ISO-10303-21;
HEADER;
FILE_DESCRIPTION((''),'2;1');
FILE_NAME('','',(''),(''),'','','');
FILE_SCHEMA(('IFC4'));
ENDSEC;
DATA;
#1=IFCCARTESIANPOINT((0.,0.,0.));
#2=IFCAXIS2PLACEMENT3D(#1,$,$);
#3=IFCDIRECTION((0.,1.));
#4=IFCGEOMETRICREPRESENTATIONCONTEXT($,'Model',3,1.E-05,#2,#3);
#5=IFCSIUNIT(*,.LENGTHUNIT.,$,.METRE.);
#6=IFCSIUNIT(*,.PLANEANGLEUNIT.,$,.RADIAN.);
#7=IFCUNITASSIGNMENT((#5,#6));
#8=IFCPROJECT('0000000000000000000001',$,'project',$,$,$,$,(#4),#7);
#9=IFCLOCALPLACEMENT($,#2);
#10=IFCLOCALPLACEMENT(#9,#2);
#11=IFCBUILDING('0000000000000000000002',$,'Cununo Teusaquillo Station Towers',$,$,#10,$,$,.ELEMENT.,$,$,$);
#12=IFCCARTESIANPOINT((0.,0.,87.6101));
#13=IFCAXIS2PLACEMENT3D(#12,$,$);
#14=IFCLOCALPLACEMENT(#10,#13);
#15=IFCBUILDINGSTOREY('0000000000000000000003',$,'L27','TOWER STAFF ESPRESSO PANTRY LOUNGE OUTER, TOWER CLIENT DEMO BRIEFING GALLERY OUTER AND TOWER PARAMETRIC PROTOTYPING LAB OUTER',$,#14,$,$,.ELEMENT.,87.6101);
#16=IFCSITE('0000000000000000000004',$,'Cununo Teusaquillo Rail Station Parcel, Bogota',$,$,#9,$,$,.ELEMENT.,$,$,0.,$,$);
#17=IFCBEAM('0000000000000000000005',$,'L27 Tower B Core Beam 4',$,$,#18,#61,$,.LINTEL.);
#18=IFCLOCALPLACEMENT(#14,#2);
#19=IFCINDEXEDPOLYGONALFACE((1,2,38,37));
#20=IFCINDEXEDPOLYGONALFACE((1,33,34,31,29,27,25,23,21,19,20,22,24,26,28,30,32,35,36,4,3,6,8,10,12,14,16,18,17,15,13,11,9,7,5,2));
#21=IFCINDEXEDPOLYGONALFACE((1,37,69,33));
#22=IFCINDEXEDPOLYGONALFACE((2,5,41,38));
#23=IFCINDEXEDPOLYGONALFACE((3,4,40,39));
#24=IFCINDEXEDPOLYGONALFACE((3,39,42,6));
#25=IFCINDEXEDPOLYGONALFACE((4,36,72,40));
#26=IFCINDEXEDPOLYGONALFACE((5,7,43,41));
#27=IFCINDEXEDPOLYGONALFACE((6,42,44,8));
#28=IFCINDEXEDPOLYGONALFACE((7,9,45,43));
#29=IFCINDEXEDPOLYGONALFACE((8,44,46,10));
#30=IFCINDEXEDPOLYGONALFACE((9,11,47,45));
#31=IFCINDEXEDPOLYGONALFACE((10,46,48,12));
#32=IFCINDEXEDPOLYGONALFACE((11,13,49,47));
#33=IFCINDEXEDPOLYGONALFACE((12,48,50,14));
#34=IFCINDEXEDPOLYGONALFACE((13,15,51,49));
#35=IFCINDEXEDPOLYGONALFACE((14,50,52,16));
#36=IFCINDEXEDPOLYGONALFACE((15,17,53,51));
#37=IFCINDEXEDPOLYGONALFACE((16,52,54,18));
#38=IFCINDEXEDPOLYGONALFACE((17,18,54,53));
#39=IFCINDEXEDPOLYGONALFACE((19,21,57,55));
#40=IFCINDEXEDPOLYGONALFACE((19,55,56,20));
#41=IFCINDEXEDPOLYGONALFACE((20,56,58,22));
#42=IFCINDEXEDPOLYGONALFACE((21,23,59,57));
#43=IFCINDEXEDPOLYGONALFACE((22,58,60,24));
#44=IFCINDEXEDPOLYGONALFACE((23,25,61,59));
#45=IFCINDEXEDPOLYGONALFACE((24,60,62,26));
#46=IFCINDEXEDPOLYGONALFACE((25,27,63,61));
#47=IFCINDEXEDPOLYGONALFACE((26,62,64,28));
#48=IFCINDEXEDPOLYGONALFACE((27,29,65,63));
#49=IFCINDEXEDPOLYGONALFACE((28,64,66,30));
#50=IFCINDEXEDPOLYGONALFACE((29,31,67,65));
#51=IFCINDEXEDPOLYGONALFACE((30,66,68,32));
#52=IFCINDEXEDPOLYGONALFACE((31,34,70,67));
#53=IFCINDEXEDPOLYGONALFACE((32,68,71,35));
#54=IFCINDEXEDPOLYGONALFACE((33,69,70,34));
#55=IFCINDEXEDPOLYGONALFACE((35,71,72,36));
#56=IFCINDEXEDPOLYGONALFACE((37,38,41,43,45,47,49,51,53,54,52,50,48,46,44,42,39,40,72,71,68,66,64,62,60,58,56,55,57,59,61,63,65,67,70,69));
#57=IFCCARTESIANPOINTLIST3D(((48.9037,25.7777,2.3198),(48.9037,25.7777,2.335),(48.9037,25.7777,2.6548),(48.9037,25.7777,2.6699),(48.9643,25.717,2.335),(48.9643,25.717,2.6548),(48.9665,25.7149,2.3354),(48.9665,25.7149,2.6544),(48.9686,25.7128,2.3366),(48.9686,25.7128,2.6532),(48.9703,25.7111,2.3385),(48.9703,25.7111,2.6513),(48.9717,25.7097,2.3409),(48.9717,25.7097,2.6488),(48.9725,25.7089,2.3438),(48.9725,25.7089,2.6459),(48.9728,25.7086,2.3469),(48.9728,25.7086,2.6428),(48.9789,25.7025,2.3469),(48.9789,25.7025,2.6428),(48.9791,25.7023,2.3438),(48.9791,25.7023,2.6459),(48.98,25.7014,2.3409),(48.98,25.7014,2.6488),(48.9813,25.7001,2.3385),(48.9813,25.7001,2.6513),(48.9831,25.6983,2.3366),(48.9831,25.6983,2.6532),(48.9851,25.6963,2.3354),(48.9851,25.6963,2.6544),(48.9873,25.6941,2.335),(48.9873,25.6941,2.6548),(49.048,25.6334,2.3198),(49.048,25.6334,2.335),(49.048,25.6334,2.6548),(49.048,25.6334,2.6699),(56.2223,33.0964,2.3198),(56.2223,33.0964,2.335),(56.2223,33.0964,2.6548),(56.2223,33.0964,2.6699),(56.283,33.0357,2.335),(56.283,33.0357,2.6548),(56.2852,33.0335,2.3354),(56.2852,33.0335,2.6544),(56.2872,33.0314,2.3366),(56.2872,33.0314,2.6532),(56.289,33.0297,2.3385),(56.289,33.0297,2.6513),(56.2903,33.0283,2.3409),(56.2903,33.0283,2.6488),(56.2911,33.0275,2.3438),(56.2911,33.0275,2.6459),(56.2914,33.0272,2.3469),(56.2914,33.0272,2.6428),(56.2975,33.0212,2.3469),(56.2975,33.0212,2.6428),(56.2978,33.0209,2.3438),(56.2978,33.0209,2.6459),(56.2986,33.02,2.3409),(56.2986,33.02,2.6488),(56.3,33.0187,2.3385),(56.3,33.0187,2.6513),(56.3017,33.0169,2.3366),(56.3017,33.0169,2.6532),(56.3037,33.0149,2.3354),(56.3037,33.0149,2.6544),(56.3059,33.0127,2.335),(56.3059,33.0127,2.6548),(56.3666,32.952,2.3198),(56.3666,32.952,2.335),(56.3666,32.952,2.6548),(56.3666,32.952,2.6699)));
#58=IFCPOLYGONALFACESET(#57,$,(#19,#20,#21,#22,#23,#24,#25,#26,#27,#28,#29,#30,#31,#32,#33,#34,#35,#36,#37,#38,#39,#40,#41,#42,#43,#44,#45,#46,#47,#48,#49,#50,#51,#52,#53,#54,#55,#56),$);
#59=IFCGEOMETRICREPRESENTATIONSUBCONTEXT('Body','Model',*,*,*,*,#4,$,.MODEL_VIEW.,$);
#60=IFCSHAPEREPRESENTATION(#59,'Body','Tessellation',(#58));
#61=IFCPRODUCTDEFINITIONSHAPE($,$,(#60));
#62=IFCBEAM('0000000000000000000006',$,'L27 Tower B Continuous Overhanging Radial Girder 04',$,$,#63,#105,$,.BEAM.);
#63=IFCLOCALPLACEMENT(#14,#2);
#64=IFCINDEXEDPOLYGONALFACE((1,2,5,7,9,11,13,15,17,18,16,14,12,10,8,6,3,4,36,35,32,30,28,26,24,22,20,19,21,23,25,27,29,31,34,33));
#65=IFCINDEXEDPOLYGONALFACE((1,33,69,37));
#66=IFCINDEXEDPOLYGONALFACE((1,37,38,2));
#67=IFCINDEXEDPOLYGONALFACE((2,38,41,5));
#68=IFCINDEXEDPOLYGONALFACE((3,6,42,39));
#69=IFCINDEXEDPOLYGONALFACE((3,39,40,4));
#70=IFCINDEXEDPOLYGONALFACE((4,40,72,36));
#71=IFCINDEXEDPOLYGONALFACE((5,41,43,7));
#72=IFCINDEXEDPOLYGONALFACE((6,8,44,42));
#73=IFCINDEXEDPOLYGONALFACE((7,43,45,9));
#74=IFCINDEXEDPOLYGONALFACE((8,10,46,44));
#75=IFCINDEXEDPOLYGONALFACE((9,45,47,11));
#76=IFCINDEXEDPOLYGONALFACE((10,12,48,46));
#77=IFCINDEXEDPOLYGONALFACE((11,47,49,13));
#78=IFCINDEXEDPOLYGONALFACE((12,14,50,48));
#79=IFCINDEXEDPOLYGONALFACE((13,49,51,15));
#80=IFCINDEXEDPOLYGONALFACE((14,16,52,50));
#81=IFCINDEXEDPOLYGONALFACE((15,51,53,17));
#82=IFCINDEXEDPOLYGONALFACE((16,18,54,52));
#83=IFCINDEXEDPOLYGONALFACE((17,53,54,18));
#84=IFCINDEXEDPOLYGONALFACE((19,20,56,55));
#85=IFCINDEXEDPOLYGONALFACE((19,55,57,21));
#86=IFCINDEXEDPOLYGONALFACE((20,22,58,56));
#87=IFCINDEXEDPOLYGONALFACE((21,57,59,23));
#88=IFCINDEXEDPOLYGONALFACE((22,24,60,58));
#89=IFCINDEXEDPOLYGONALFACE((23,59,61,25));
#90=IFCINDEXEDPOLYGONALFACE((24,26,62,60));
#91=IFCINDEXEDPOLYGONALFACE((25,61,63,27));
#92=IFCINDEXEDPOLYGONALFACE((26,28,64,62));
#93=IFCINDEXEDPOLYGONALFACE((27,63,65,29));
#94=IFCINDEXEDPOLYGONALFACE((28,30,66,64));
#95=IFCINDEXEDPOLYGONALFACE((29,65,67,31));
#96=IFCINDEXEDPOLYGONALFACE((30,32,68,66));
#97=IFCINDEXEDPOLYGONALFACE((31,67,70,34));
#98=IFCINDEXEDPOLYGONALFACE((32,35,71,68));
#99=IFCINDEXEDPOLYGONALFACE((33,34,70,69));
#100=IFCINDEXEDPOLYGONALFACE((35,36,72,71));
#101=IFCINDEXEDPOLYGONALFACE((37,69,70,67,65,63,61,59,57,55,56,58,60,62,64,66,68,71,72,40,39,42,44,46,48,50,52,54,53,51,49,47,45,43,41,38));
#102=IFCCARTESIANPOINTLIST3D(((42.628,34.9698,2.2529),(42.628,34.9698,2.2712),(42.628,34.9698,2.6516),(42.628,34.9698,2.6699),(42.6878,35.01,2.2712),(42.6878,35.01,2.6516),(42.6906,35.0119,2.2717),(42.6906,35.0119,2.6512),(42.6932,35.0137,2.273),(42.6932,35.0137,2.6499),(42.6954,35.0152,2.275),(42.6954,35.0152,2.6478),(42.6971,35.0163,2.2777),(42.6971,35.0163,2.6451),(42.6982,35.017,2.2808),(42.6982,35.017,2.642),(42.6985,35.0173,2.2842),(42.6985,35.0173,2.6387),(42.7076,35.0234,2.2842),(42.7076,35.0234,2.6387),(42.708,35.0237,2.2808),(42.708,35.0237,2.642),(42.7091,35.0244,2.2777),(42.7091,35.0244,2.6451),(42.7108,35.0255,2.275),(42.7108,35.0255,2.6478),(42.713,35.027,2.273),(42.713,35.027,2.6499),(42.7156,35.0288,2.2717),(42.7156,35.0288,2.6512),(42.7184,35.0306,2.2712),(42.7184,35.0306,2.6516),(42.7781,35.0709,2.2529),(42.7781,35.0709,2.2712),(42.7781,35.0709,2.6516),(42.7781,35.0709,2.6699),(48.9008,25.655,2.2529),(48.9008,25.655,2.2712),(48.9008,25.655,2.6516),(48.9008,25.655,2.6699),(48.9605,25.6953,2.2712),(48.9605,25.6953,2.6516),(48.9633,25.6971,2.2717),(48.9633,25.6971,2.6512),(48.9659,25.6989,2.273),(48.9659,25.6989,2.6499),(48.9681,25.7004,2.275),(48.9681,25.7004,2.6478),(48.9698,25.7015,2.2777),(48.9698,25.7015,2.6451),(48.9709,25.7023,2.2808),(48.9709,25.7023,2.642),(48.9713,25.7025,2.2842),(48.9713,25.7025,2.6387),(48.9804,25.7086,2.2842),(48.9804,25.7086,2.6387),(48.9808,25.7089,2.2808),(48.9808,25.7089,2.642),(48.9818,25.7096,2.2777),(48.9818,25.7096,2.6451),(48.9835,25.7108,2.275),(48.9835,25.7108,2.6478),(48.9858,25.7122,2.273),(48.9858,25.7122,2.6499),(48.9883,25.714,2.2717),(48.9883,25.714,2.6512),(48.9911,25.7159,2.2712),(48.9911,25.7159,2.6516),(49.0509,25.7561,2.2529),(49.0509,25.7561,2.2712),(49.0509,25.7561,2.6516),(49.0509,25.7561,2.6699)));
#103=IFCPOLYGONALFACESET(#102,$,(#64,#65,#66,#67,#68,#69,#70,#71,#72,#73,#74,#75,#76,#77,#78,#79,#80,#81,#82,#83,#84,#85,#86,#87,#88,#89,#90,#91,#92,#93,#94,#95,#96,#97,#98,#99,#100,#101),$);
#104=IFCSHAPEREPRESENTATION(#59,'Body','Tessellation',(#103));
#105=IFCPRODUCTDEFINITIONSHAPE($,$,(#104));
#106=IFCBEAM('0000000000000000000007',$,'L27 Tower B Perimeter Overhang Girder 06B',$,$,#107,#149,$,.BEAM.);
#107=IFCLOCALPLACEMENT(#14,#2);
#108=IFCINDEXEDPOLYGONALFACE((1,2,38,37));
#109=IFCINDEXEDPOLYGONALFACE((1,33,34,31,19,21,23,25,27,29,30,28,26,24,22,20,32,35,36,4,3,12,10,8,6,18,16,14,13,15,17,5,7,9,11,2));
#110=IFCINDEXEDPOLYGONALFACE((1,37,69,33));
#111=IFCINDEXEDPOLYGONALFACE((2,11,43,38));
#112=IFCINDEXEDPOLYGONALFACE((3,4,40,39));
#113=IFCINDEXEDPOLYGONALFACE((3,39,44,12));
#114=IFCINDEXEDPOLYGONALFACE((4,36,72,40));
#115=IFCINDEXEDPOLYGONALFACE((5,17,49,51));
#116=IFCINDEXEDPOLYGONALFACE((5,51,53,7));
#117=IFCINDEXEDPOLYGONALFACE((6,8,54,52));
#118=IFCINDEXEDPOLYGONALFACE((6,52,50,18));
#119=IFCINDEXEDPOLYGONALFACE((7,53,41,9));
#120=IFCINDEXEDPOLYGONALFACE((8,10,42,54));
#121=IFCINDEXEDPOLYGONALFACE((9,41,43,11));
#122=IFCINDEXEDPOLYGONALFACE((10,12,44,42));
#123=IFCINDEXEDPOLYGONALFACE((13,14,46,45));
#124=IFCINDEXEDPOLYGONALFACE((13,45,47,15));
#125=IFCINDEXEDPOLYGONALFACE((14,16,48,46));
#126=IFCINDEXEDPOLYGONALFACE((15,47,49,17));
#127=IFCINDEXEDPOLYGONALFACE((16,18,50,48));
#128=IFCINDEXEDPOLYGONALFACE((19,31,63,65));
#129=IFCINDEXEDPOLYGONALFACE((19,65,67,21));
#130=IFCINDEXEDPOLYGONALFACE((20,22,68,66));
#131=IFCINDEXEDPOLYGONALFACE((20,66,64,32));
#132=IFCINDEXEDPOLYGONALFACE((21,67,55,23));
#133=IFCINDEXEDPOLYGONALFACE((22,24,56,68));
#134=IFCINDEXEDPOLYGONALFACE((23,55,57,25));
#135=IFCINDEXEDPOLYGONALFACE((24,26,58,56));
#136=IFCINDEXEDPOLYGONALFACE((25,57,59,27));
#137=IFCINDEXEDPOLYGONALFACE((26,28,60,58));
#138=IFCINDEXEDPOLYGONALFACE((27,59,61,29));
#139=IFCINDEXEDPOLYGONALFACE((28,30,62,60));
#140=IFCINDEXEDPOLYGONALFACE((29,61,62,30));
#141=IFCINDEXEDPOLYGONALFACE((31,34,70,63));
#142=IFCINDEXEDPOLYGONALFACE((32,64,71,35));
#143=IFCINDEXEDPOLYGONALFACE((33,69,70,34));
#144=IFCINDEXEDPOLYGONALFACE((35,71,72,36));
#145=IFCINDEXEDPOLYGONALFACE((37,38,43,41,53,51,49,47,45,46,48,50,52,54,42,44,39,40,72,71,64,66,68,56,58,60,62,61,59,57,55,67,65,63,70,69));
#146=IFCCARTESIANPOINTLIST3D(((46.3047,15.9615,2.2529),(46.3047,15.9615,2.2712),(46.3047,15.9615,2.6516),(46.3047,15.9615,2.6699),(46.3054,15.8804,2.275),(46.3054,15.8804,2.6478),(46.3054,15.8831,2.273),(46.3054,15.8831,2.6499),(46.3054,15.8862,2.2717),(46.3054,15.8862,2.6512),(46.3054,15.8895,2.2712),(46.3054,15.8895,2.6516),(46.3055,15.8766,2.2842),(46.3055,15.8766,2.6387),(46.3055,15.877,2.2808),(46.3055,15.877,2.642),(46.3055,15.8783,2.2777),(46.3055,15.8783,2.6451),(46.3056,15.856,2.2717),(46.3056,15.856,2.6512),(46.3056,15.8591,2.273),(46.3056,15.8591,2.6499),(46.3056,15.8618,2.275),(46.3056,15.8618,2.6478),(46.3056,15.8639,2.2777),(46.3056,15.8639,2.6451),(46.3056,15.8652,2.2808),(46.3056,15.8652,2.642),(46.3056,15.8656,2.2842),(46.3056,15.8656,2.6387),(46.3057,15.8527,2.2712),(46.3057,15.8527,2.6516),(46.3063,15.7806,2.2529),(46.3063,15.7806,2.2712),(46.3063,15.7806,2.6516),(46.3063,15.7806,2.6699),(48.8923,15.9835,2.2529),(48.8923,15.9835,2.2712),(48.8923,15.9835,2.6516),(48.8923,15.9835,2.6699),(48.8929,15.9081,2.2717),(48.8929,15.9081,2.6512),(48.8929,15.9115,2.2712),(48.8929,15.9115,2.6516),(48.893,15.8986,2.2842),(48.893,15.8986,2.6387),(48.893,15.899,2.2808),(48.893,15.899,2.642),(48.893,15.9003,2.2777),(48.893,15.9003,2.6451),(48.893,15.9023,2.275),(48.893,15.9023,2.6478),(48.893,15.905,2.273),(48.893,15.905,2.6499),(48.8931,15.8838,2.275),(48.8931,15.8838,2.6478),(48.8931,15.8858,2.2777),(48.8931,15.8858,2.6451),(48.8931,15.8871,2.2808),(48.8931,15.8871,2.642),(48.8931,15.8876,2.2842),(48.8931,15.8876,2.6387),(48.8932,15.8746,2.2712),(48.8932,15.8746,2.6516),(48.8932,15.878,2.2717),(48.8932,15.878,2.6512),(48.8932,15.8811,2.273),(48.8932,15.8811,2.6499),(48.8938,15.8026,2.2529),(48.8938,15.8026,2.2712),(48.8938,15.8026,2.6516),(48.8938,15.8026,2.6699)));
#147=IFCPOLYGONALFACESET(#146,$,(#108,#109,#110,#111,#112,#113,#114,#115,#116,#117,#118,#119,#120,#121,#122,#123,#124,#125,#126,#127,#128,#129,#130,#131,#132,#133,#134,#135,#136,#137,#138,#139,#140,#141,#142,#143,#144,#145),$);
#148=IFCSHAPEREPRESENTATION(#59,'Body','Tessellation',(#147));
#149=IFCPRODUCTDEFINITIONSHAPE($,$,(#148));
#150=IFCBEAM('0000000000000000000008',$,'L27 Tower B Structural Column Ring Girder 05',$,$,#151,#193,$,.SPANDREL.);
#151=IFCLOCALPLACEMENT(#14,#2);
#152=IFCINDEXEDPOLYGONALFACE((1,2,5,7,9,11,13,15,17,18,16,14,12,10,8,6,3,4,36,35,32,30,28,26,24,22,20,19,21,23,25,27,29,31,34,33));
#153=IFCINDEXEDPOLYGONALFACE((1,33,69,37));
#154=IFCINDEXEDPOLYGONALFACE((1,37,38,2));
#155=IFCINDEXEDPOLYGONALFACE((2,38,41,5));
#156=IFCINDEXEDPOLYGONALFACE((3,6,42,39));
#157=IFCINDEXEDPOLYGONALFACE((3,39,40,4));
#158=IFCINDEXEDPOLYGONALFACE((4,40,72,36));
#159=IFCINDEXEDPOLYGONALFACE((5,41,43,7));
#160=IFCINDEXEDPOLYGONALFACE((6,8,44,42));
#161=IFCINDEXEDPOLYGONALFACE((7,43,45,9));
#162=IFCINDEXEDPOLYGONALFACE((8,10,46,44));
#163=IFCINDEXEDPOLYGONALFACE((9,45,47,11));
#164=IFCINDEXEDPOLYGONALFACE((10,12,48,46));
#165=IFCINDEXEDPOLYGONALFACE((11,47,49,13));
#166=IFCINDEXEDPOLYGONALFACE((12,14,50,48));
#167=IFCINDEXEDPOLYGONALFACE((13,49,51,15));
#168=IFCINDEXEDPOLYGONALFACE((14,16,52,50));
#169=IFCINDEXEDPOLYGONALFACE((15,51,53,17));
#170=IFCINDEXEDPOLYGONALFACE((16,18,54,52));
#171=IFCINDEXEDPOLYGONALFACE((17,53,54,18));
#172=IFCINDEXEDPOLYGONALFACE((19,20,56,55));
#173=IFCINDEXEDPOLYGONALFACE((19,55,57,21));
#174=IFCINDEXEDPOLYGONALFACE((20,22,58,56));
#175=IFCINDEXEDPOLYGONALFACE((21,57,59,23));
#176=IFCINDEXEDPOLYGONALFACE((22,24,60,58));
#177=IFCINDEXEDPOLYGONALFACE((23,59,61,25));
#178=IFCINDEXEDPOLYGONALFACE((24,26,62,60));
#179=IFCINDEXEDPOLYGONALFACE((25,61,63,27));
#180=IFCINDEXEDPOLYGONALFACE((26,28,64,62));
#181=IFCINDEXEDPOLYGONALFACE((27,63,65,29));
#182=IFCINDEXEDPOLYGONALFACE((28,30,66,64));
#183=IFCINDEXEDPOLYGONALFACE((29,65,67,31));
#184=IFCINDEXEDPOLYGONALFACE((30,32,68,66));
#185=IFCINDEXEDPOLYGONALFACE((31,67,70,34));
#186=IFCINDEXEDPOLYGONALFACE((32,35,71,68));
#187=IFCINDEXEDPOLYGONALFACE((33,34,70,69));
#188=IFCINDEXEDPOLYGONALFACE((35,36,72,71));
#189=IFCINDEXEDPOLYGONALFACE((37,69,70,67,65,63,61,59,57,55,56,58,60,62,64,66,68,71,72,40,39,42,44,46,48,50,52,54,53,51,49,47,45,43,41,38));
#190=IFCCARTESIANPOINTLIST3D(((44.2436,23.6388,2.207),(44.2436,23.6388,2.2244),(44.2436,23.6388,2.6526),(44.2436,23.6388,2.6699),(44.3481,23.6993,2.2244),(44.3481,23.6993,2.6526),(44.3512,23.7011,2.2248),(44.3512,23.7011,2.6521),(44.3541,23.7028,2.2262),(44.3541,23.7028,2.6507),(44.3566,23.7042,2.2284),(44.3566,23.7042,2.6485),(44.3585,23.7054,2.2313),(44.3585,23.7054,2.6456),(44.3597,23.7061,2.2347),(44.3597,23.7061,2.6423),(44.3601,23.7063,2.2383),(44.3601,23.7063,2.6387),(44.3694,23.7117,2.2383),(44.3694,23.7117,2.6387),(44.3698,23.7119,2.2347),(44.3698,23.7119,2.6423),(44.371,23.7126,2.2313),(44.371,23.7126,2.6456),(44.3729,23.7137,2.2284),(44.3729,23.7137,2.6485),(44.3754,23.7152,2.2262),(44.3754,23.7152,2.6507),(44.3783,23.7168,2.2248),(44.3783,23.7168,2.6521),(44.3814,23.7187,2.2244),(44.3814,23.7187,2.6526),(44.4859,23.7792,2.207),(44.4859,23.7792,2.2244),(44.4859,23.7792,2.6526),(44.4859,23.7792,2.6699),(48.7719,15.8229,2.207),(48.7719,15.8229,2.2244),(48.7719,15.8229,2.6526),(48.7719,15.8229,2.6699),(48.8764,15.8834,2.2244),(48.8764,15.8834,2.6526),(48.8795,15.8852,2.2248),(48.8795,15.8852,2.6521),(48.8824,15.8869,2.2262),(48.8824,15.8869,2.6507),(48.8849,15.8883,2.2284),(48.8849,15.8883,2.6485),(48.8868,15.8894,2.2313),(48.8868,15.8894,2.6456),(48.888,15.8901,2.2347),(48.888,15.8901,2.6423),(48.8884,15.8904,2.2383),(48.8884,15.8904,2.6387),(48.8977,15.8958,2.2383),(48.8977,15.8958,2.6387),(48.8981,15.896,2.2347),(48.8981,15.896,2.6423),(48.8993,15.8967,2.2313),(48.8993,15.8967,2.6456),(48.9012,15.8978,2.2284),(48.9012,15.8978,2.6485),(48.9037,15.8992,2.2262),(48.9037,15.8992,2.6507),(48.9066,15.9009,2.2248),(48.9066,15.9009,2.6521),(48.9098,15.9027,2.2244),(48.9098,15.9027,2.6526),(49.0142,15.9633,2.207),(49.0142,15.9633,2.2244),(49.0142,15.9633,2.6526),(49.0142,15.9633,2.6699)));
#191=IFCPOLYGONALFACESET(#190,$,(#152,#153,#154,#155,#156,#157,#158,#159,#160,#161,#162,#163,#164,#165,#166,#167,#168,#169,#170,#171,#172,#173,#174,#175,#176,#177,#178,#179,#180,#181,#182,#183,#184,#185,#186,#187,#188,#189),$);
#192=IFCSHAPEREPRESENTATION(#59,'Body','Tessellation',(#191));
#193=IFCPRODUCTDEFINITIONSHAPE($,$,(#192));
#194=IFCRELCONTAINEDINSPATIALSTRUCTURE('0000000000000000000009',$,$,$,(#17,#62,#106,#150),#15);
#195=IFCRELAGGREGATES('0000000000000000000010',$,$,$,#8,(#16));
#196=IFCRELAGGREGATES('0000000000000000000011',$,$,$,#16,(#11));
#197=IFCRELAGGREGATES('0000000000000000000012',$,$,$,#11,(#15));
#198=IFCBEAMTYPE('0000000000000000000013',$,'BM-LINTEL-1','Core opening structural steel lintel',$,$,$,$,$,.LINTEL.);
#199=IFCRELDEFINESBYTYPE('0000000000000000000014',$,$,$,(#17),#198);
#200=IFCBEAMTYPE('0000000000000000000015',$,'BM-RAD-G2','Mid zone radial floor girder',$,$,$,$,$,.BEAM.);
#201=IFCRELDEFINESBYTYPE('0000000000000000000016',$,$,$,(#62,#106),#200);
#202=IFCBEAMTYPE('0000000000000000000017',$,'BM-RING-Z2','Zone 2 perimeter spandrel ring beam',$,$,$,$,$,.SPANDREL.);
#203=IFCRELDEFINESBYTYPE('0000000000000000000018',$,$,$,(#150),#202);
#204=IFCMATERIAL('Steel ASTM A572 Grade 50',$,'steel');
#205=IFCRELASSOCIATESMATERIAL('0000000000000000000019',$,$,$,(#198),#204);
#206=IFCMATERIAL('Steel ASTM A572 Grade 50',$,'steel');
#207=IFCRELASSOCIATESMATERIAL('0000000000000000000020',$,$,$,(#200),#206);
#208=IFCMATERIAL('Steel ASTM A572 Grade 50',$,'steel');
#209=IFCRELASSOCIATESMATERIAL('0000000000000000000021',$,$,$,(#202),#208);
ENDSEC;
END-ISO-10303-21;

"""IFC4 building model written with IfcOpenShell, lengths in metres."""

from ifc_helpers import new_model, si_unit, direction, frame, origin, origin_2d, place, context, subcontext, project, spatial, i_section, extrude, material, material_profile, profile_set, type_object, element, save


model = new_model("IFC4")

# Units and contexts
model_context = context("Model", 3, precision=1e-05, world=origin(), true_north=direction((0.0, 1.0)))
body_context = subcontext(model_context, "Body", "Model", "MODEL_VIEW")
ifc_project = project(units=[si_unit("LENGTHUNIT", "METRE"), si_unit("PLANEANGLEUNIT", "RADIAN")], contexts=[model_context])

# Site, building, storey
site_placement = place(None, origin())
site = spatial("IfcSite", under=ifc_project, at=site_placement, Name="Cununo Teusaquillo Rail Station Parcel, Bogota", CompositionType="ELEMENT", RefElevation=0.0)
building_placement = place(site_placement, origin())
building = spatial("IfcBuilding", under=site, at=building_placement, Name="Cununo Teusaquillo Station Towers", CompositionType="ELEMENT")
storey_placement = place(building_placement, frame((0.0, 0.0, 87.6101)))
storey = spatial("IfcBuildingStorey", under=building, at=storey_placement, Name="L27", Description="TOWER STAFF ESPRESSO PANTRY LOUNGE OUTER, TOWER CLIENT DEMO BRIEFING GALLERY OUTER AND TOWER PARAMETRIC PROTOTYPING LAB OUTER", CompositionType="ELEMENT", Elevation=87.6101)

# Beams
ifc_material_1 = material(Name="Steel ASTM A572 Grade 50", Category="steel")
ifc_material_profile_1 = material_profile(ifc_material_1, i_section(OverallWidth=0.2041, OverallDepth=0.3501, WebThickness=0.0085, FlangeThickness=0.0151, FilletRadius=0.012, at=origin_2d()), Name="W14X48")
ifc_profile_set_1 = profile_set([ifc_material_profile_1], Name="Steel ASTM A572 Grade 50")
beam_type_1 = type_object("IfcBeamType", Name="BM-LINTEL-1", Description="Core opening structural steel lintel", PredefinedType="LINTEL", material=ifc_profile_set_1)
beam_1_placement = place(storey_placement, frame((48.9758, 25.7056, 2.4949), z_axis=(0.707107, 0.707107, 0.0), x_axis=(-0.707107, 0.707107, 0.0)))
element("IfcBeam", 1, at=beam_1_placement, inside=storey, type_object=beam_type_1, Name="L27 Tower B Core Beam 4", PredefinedType="LINTEL", context=body_context, shape_type="SweptSolid", body=[
    extrude(i_section(OverallWidth=0.2041, OverallDepth=0.3501, WebThickness=0.0085, FlangeThickness=0.0151, FilletRadius=0.012, at=origin_2d()), origin(), (0.0, 0.0, 1.0), 10.3501),
])
ifc_material_2 = material(Name="Steel ASTM A572 Grade 50", Category="steel")
ifc_material_profile_2 = material_profile(ifc_material_2, i_section(OverallWidth=0.1809, OverallDepth=0.417, WebThickness=0.011, FlangeThickness=0.0183, FilletRadius=0.0129, at=origin_2d()), Name="W16X57")
ifc_profile_set_2 = profile_set([ifc_material_profile_2], Name="Steel ASTM A572 Grade 50")
beam_type_2 = type_object("IfcBeamType", Name="BM-RAD-G2", Description="Mid zone radial floor girder", PredefinedType="BEAM", material=ifc_profile_set_2)
beam_2_placement = place(storey_placement, frame((48.9758, 25.7056, 2.4614), z_axis=(-0.558572, 0.829456, 0.0), x_axis=(-0.829456, -0.558572, 0.0)))
element("IfcBeam", 2, at=beam_2_placement, inside=storey, type_object=beam_type_2, Name="L27 Tower B Continuous Overhanging Radial Girder 04", PredefinedType="BEAM", context=body_context, shape_type="SweptSolid", body=[
    extrude(i_section(OverallWidth=0.1809, OverallDepth=0.417, WebThickness=0.011, FlangeThickness=0.0183, FilletRadius=0.0129, at=origin_2d()), origin(), (0.0, 0.0, 1.0), 11.23),
])
beam_3_placement = place(storey_placement, frame((48.8931, 15.8931, 2.4614), z_axis=(-0.999964, -0.008491, 0.0), x_axis=(0.008491, -0.999964, 0.0)))
element("IfcBeam", 3, at=beam_3_placement, inside=storey, type_object=beam_type_2, Name="L27 Tower B Perimeter Overhang Girder 06B", PredefinedType="BEAM", context=body_context, shape_type="SweptSolid", body=[
    extrude(i_section(OverallWidth=0.1809, OverallDepth=0.417, WebThickness=0.011, FlangeThickness=0.0183, FilletRadius=0.0129, at=origin_2d()), origin(), (0.0, 0.0, 1.0), 2.5876),
])
ifc_material_3 = material(Name="Steel ASTM A572 Grade 50", Category="steel")
ifc_material_profile_3 = material_profile(ifc_material_3, i_section(OverallWidth=0.28, OverallDepth=0.4629, WebThickness=0.0107, FlangeThickness=0.0173, FilletRadius=0.0139, at=origin_2d()), Name="W18X76")
ifc_profile_set_3 = profile_set([ifc_material_profile_3], Name="Steel ASTM A572 Grade 50")
beam_type_3 = type_object("IfcBeamType", Name="BM-RING-Z2", Description="Zone 2 perimeter spandrel ring beam", PredefinedType="SPANDREL", material=ifc_profile_set_3)
for number, where, z_axis, x_axis, name in (
    (4, (44.3647, 23.709, 2.4385), (0.501311, -0.865267, 0.0), (0.865267, 0.501311, 0.0), "L27 Tower B Structural Column Ring Girder 05"),
):
    element("IfcBeam", number, at=place(storey_placement, frame(where, z_axis=z_axis, x_axis=x_axis)), inside=storey, type_object=beam_type_3, Name=name, PredefinedType="SPANDREL", context=body_context, shape_type="SweptSolid", body=[
        extrude(i_section(OverallWidth=0.28, OverallDepth=0.4629, WebThickness=0.0107, FlangeThickness=0.0173, FilletRadius=0.0139, at=origin_2d()), origin(), (0.0, 0.0, 1.0), 9.033),
    ])

save(model, "model.ifc")
